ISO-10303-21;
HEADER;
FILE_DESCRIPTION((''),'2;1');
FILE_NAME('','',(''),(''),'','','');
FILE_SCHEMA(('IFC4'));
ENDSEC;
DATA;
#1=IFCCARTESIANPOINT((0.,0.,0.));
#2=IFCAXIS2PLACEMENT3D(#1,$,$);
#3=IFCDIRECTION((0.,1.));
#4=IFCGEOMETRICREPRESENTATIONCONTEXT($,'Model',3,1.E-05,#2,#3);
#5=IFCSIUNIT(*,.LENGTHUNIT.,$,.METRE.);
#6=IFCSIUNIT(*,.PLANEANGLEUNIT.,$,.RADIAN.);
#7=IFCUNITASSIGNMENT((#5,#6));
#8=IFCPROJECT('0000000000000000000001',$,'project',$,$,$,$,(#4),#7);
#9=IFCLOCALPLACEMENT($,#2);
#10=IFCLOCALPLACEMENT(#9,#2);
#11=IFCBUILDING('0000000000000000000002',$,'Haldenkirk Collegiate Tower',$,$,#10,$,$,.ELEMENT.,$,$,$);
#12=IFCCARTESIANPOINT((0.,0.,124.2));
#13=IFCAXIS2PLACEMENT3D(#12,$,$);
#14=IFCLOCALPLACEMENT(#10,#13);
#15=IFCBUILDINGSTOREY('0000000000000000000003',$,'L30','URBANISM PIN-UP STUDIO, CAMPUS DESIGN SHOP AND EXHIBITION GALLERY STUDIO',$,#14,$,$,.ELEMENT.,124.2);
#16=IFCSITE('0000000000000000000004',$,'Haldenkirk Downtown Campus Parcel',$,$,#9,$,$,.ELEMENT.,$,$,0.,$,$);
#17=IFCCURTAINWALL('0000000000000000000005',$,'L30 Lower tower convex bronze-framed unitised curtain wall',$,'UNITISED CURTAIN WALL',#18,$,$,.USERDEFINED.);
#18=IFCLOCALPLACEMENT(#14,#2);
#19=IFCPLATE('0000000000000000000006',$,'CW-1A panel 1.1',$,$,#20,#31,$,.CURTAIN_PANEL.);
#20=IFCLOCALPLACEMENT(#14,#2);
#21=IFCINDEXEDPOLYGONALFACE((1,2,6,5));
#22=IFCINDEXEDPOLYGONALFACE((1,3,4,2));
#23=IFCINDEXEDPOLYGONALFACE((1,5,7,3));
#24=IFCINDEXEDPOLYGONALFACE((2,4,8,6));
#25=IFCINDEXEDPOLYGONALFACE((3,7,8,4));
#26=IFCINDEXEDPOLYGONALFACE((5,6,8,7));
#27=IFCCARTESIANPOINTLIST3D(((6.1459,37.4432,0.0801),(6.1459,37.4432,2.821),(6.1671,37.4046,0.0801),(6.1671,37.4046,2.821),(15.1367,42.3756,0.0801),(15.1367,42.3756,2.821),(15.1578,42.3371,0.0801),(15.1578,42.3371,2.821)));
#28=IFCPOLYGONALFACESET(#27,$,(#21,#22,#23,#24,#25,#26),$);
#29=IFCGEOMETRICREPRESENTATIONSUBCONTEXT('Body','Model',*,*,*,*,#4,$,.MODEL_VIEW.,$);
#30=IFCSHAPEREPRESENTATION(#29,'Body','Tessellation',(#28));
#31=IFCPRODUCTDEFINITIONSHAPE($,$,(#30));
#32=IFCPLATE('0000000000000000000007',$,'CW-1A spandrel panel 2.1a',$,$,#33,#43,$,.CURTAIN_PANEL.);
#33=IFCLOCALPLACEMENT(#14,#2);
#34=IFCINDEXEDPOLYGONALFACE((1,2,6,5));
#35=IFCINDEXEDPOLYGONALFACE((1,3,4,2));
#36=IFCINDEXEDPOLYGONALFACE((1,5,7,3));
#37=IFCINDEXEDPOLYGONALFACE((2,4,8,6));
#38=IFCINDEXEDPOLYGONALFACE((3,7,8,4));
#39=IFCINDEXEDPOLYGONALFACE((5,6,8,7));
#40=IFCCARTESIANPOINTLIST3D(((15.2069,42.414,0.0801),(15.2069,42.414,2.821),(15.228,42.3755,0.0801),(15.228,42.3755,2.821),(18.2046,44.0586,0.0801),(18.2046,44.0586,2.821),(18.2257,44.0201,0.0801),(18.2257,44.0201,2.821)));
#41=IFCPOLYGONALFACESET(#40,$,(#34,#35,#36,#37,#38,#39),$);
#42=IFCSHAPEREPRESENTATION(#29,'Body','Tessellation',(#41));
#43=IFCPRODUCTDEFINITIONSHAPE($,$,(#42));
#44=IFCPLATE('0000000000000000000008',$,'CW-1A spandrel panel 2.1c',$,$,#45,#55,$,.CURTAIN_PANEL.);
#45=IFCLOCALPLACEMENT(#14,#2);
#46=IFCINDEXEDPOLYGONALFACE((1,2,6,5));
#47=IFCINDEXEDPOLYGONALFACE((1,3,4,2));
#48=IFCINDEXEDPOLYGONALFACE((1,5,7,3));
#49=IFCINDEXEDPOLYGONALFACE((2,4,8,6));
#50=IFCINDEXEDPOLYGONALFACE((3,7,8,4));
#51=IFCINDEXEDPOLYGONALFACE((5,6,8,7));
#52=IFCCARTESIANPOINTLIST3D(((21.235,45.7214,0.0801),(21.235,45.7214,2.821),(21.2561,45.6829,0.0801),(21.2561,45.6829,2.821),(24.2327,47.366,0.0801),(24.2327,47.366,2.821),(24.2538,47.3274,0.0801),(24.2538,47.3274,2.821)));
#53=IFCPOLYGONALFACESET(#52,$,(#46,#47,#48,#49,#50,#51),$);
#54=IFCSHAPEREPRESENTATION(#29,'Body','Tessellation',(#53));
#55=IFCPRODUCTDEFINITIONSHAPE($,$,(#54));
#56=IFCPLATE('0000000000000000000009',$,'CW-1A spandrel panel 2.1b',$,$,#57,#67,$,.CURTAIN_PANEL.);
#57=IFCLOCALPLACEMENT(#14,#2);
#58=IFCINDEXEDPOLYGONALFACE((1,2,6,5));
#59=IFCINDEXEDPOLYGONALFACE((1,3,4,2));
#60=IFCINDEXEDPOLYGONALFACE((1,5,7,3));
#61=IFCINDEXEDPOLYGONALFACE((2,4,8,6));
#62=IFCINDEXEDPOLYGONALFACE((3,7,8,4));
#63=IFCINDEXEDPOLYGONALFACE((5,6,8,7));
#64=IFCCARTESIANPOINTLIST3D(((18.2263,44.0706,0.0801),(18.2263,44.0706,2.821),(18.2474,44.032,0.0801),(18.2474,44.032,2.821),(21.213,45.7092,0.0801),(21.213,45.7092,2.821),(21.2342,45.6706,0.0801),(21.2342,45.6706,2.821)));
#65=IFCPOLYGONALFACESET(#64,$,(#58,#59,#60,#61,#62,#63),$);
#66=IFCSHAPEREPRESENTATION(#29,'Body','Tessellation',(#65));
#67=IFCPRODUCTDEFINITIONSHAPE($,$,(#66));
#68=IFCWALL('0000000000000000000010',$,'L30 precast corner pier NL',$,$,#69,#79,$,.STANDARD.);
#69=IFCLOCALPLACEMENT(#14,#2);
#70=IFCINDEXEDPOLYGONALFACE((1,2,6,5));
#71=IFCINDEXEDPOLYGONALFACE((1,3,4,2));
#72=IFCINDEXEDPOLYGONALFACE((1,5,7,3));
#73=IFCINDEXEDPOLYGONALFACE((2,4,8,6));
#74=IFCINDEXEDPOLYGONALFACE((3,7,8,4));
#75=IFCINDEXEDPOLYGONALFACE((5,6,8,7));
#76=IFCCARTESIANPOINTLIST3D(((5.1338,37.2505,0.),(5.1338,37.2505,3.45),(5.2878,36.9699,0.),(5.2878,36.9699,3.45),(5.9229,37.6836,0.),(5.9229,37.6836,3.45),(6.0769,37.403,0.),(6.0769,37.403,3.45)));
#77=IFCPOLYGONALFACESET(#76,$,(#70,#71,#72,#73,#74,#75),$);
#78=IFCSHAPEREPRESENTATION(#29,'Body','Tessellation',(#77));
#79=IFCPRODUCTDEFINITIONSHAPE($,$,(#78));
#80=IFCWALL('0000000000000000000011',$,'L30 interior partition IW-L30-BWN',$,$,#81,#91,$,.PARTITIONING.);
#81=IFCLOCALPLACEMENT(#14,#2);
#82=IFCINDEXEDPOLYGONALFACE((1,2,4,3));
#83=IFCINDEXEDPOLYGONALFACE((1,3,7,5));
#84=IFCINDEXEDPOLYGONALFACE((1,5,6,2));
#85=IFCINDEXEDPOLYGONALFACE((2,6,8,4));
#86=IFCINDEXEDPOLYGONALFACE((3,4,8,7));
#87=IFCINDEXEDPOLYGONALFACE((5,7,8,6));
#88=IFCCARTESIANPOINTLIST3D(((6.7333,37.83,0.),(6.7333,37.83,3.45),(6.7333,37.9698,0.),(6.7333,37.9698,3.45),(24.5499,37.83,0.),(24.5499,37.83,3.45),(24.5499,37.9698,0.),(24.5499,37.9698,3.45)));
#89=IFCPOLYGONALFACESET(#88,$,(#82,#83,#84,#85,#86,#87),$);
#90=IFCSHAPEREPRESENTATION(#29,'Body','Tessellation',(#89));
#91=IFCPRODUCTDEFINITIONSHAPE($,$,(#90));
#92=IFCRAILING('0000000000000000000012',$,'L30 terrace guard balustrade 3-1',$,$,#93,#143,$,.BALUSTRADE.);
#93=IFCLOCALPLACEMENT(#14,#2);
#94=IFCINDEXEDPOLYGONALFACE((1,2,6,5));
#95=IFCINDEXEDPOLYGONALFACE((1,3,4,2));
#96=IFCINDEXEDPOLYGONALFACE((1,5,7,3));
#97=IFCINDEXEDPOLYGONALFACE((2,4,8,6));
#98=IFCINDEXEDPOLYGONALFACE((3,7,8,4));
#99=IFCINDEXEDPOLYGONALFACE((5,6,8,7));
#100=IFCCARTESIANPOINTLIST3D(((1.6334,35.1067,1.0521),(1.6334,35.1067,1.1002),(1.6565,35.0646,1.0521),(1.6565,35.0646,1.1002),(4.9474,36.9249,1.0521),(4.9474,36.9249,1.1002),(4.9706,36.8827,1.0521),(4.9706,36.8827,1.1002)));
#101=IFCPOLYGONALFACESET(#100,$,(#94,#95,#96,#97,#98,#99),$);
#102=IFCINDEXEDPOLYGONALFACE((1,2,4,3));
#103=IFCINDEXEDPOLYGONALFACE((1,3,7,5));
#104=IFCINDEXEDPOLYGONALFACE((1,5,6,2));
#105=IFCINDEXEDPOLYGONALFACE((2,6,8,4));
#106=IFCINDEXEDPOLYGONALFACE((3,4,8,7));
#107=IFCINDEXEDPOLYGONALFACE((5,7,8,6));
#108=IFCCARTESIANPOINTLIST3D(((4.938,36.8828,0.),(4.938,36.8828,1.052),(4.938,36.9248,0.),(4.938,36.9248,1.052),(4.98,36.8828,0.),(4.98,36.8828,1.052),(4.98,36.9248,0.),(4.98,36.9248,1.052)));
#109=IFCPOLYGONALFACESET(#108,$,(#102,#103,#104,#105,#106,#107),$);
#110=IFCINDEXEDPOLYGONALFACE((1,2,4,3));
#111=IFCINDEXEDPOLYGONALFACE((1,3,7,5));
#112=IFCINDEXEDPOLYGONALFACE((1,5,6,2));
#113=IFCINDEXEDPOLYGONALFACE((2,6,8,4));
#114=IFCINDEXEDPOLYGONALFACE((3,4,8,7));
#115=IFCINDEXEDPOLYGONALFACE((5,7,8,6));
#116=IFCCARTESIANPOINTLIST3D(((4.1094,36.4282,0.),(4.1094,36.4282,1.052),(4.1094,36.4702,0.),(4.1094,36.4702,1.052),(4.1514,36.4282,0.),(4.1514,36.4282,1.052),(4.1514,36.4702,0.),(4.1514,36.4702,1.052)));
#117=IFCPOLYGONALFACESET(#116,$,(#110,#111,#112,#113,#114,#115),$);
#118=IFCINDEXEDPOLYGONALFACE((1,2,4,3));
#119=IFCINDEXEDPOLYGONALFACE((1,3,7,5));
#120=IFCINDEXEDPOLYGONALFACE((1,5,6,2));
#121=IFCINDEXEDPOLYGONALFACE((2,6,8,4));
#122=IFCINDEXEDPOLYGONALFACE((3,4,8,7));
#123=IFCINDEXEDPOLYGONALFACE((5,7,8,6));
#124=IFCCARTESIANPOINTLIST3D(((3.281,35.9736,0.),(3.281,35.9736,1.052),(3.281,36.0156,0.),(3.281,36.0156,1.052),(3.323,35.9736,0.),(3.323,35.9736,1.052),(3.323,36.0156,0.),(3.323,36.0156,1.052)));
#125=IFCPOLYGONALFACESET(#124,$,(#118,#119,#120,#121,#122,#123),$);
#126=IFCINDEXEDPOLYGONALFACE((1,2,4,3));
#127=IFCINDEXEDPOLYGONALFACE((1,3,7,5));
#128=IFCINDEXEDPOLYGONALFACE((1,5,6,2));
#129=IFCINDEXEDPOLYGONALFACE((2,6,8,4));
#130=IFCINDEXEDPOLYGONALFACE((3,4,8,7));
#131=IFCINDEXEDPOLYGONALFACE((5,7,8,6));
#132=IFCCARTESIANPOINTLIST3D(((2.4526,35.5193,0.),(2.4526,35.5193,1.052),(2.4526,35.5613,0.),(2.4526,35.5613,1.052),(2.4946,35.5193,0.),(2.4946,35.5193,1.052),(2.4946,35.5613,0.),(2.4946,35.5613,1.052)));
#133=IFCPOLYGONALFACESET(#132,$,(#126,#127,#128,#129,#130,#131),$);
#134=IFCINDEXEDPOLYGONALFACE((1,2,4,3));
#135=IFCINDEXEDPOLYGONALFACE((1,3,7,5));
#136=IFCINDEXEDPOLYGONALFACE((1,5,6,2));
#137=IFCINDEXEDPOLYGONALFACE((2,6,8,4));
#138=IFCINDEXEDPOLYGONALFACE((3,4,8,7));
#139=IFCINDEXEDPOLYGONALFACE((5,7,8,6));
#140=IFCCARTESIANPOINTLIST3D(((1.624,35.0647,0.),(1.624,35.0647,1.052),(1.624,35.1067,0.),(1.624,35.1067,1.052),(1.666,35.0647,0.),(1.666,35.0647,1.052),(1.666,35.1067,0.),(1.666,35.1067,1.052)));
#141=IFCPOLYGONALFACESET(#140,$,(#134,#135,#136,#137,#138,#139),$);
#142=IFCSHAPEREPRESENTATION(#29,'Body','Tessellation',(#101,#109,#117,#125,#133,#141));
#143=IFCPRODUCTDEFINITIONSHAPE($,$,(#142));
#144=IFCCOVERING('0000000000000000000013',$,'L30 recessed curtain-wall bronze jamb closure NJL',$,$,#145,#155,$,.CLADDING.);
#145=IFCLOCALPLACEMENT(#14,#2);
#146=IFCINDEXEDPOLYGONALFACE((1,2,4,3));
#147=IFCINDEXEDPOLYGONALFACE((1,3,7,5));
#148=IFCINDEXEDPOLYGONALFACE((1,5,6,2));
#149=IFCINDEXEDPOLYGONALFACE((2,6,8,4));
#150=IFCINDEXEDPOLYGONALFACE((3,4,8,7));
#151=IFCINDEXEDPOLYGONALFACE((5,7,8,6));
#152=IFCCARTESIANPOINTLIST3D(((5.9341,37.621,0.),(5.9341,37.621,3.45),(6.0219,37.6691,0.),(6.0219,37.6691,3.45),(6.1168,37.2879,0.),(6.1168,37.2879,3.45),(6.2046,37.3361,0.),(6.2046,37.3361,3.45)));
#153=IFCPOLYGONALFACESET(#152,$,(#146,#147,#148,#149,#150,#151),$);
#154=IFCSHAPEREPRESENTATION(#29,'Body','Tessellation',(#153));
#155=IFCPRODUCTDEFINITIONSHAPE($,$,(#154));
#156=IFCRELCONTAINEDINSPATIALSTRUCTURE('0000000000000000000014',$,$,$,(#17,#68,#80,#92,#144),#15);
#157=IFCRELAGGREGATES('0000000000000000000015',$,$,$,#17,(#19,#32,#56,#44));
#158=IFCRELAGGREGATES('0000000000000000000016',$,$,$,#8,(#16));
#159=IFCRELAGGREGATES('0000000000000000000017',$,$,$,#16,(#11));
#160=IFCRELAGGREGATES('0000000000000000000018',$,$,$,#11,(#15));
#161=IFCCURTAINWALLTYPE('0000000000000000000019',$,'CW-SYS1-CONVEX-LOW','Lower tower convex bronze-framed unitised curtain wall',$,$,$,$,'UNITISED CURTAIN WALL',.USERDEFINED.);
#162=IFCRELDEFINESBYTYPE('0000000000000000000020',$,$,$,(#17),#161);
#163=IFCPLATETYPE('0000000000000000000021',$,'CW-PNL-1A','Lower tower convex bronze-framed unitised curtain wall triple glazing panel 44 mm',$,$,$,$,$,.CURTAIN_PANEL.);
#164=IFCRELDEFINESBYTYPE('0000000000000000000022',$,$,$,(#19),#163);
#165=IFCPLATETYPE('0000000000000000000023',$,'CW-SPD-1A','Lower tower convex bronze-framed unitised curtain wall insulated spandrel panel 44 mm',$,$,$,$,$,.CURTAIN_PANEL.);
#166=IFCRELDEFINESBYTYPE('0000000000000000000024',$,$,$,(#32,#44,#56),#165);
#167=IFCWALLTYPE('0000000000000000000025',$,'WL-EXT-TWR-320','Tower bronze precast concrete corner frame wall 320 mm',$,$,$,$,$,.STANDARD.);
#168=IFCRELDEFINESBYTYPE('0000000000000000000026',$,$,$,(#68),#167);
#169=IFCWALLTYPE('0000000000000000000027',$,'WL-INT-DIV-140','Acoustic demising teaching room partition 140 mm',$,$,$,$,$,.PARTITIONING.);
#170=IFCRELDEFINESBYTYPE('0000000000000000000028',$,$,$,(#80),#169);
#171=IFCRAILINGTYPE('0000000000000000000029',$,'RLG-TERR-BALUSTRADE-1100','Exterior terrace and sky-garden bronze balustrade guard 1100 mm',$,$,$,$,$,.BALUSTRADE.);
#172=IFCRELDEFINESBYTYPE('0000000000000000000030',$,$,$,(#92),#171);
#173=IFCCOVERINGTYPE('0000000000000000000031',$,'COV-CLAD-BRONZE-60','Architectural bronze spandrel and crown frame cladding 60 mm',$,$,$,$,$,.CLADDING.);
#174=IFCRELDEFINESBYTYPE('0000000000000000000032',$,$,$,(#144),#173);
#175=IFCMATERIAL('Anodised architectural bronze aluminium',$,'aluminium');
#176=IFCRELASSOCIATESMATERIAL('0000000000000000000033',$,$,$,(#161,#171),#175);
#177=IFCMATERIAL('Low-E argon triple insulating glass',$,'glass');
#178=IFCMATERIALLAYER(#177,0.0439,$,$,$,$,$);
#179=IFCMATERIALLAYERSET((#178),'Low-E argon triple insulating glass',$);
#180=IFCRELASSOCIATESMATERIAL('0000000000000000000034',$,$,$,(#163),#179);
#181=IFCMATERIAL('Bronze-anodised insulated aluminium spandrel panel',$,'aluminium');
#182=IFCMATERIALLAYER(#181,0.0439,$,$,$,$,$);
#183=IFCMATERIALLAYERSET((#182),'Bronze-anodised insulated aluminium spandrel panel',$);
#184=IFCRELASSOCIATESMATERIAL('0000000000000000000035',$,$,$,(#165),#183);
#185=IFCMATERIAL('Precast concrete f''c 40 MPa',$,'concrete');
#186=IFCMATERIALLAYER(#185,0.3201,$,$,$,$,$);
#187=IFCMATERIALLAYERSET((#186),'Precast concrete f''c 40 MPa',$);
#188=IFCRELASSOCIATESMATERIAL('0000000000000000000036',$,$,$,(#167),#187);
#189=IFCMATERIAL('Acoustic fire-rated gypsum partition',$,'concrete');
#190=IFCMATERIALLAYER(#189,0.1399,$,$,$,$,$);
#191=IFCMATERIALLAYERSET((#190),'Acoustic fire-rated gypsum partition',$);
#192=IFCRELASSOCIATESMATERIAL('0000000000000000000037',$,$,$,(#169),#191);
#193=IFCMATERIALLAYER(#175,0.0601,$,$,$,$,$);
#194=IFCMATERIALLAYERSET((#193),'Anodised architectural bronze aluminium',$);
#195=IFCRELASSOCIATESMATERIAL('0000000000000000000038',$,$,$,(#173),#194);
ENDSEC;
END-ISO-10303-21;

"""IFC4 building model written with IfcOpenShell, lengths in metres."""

from ifc_helpers import new_model, si_unit, direction, frame, frame_2d, origin, origin_2d, place, context, subcontext, project, spatial, rectangle, extrude, source, transform, mapped, material, layer, layer_set, type_object, element, aggregate, save


model = new_model("IFC4")

# Units and contexts
model_context = context("Model", 3, precision=1e-05, world=origin(), true_north=direction((0.0, 1.0)))
body_context = subcontext(model_context, "Body", "Model", "MODEL_VIEW")
ifc_project = project(units=[si_unit("LENGTHUNIT", "METRE"), si_unit("PLANEANGLEUNIT", "RADIAN")], contexts=[model_context])

# Site, building, storey
site_placement = place(None, origin())
site = spatial("IfcSite", under=ifc_project, at=site_placement, Name="Haldenkirk Downtown Campus Parcel", CompositionType="ELEMENT", RefElevation=0.0)
building_placement = place(site_placement, origin())
building = spatial("IfcBuilding", under=site, at=building_placement, Name="Haldenkirk Collegiate Tower", CompositionType="ELEMENT")
storey_placement = place(building_placement, frame((0.0, 0.0, 124.2)))
storey = spatial("IfcBuildingStorey", under=building, at=storey_placement, Name="L30", Description="URBANISM PIN-UP STUDIO, CAMPUS DESIGN SHOP AND EXHIBITION GALLERY STUDIO", CompositionType="ELEMENT", Elevation=124.2)

# Curtain wall, plates
ifc_material_1 = material(Name="Anodised architectural bronze aluminium", Category="aluminium")
curtain_wall_type = type_object("IfcCurtainWallType", Name="CW-SYS1-CONVEX-LOW", Description="Lower tower convex bronze-framed unitised curtain wall", ElementType="UNITISED CURTAIN WALL", PredefinedType="USERDEFINED", material=ifc_material_1)
curtain_wall_placement = place(storey_placement, origin())
curtain_wall = element("IfcCurtainWall", 1, at=curtain_wall_placement, inside=storey, type_object=curtain_wall_type, Name="L30 Lower tower convex bronze-framed unitised curtain wall", ObjectType="UNITISED CURTAIN WALL", PredefinedType="USERDEFINED")
ifc_material_2 = material(Name="Low-E argon triple insulating glass", Category="glass")
ifc_layer_1 = layer(ifc_material_2, 0.0439)
ifc_layer_set_1 = layer_set([ifc_layer_1], Name="Low-E argon triple insulating glass")
plate_type_1 = type_object("IfcPlateType", Name="CW-PNL-1A", Description="Lower tower convex bronze-framed unitised curtain wall triple glazing panel 44 mm", PredefinedType="CURTAIN_PANEL", material=ifc_layer_set_1)
shared_shape_1 = source(origin(), body_context, "Body", "SweptSolid", [
    extrude(rectangle(XDim=10.2549, YDim=0.0439, at=origin_2d()), origin(), (0.0, 0.0, 1.0), 2.741),
])
plate_1_placement = place(storey_placement, frame((10.6519, 39.8901, 0.0801), z_axis=(0.0, 0.0, 1.0), x_axis=(0.876727, 0.480989, 0.0)))
plate_1 = element("IfcPlate", 2, at=plate_1_placement, type_object=plate_type_1, Name="CW-1A panel 1.1", PredefinedType="CURTAIN_PANEL", context=body_context, shape_type="MappedRepresentation", body=[
    mapped(shared_shape_1, transform((0.0, 0.0, 0.0), x_axis=(1.0, 0.0, 0.0), y_axis=(0.0, 1.0, 0.0), z_axis=(0.0, 0.0, 1.0), scale=1.0)),
])
ifc_material_3 = material(Name="Bronze-anodised insulated aluminium spandrel panel", Category="aluminium")
ifc_layer_2 = layer(ifc_material_3, 0.0439)
ifc_layer_set_2 = layer_set([ifc_layer_2], Name="Bronze-anodised insulated aluminium spandrel panel")
plate_type_2 = type_object("IfcPlateType", Name="CW-SPD-1A", Description="Lower tower convex bronze-framed unitised curtain wall insulated spandrel panel 44 mm", PredefinedType="CURTAIN_PANEL", material=ifc_layer_set_2)
shared_shape_2 = source(origin(), body_context, "Body", "SweptSolid", [
    extrude(rectangle(XDim=3.4192, YDim=0.0439, at=origin_2d()), origin(), (0.0, 0.0, 1.0), 2.741),
])
plate_2_placement = place(storey_placement, frame((16.7163, 43.217, 0.0801), z_axis=(0.0, 0.0, 1.0), x_axis=(0.876727, 0.480989, 0.0)))
plate_2 = element("IfcPlate", 3, at=plate_2_placement, type_object=plate_type_2, Name="CW-1A spandrel panel 2.1a", PredefinedType="CURTAIN_PANEL", context=body_context, shape_type="MappedRepresentation", body=[
    mapped(shared_shape_2, transform((0.0, 0.0, 0.0), x_axis=(1.0, 0.0, 0.0), y_axis=(0.0, 1.0, 0.0), z_axis=(0.0, 0.0, 1.0), scale=1.0)),
])
plate_3_placement = place(storey_placement, frame((22.7444, 46.5244, 0.0801), z_axis=(0.0, 0.0, 1.0), x_axis=(0.876727, 0.480989, 0.0)))
plate_3 = element("IfcPlate", 4, at=plate_3_placement, type_object=plate_type_2, Name="CW-1A spandrel panel 2.1c", PredefinedType="CURTAIN_PANEL", context=body_context, shape_type="MappedRepresentation", body=[
    mapped(shared_shape_2, transform((0.0, 0.0, 0.0), x_axis=(1.0, 0.0, 0.0), y_axis=(0.0, 1.0, 0.0), z_axis=(0.0, 0.0, 1.0), scale=1.0)),
])
shared_shape_3 = source(origin(), body_context, "Body", "SweptSolid", [
    extrude(rectangle(XDim=3.4067, YDim=0.0439, at=origin_2d()), origin(), (0.0, 0.0, 1.0), 2.741),
])
plate_4_placement = place(storey_placement, frame((19.7302, 44.8706, 0.0801), z_axis=(0.0, 0.0, 1.0), x_axis=(0.876727, 0.480989, 0.0)))
plate_4 = element("IfcPlate", 5, at=plate_4_placement, type_object=plate_type_2, Name="CW-1A spandrel panel 2.1b", PredefinedType="CURTAIN_PANEL", context=body_context, shape_type="MappedRepresentation", body=[
    mapped(shared_shape_3, transform((0.0, 0.0, 0.0), x_axis=(1.0, 0.0, 0.0), y_axis=(0.0, 1.0, 0.0), z_axis=(0.0, 0.0, 1.0), scale=1.0)),
])
aggregate(curtain_wall, [plate_1, plate_2, plate_4, plate_3])

# Walls
ifc_material_4 = material(Name="Precast concrete f'c 40 MPa", Category="concrete")
ifc_layer_3 = layer(ifc_material_4, 0.3201)
ifc_layer_set_3 = layer_set([ifc_layer_3], Name="Precast concrete f'c 40 MPa")
wall_type_1 = type_object("IfcWallType", Name="WL-EXT-TWR-320", Description="Tower bronze precast concrete corner frame wall 320 mm", PredefinedType="STANDARD", material=ifc_layer_set_3)
wall_1_placement = place(storey_placement, frame((5.2107, 37.1101, 0.0), z_axis=(0.0, 0.0, 1.0), x_axis=(0.876628, 0.481169, 0.0)))
element("IfcWall", 6, at=wall_1_placement, inside=storey, type_object=wall_type_1, Name="L30 precast corner pier NL", PredefinedType="STANDARD", context=body_context, shape_type="SweptSolid", body=[
    extrude(rectangle(XDim=0.9001, YDim=0.3201, at=frame_2d((0.4502, 0.0))), origin(), (0.0, 0.0, 1.0), 3.45),
])
ifc_material_5 = material(Name="Acoustic fire-rated gypsum partition", Category="concrete")
ifc_layer_4 = layer(ifc_material_5, 0.1399)
ifc_layer_set_4 = layer_set([ifc_layer_4], Name="Acoustic fire-rated gypsum partition")
wall_type_2 = type_object("IfcWallType", Name="WL-INT-DIV-140", Description="Acoustic demising teaching room partition 140 mm", PredefinedType="PARTITIONING", material=ifc_layer_set_4)
wall_2_placement = place(storey_placement, frame((6.7334, 37.8999, 0.0), z_axis=(0.0, 0.0, 1.0), x_axis=(1.0, 0.0, 0.0)))
element("IfcWall", 7, at=wall_2_placement, inside=storey, type_object=wall_type_2, Name="L30 interior partition IW-L30-BWN", PredefinedType="PARTITIONING", context=body_context, shape_type="SweptSolid", body=[
    extrude(rectangle(XDim=17.8167, YDim=0.1399, at=frame_2d((8.9082, 0.0))), origin(), (0.0, 0.0, 1.0), 3.45),
])

# Railing
railing_type = type_object("IfcRailingType", Name="RLG-TERR-BALUSTRADE-1100", Description="Exterior terrace and sky-garden bronze balustrade guard 1100 mm", PredefinedType="BALUSTRADE", material=ifc_material_1)
railing_placement = place(storey_placement, frame((4.959, 36.9038, 0.0)))
element("IfcRailing", 8, at=railing_placement, inside=storey, type_object=railing_type, Name="L30 terrace guard balustrade 3-1", PredefinedType="BALUSTRADE", context=body_context, shape_type="SweptSolid", body=[
    extrude(rectangle(XDim=0.0481, YDim=0.0481, at=origin_2d()), frame((0.0, 0.0, 1.0762), z_axis=(-0.876725, -0.480991, 0.0), x_axis=(0.480991, -0.876725, 0.0)), (0.0, 0.0, 1.0), 3.78),
    extrude(rectangle(XDim=0.042, YDim=0.042, at=origin_2d()), origin(), (0.0, 0.0, 1.0), 1.052),
    extrude(rectangle(XDim=0.042, YDim=0.042, at=origin_2d()), frame((-0.8286, -0.4546, 0.0)), (0.0, 0.0, 1.0), 1.052),
    extrude(rectangle(XDim=0.042, YDim=0.042, at=origin_2d()), frame((-1.657, -0.9092, 0.0)), (0.0, 0.0, 1.0), 1.052),
    extrude(rectangle(XDim=0.042, YDim=0.042, at=origin_2d()), frame((-2.4854, -1.3635, 0.0)), (0.0, 0.0, 1.0), 1.052),
    extrude(rectangle(XDim=0.042, YDim=0.042, at=origin_2d()), frame((-3.314, -1.8181, 0.0)), (0.0, 0.0, 1.0), 1.052),
])

# Covering
ifc_layer_5 = layer(ifc_material_1, 0.0601)
ifc_layer_set_5 = layer_set([ifc_layer_5], Name="Anodised architectural bronze aluminium")
covering_type = type_object("IfcCoveringType", Name="COV-CLAD-BRONZE-60", Description="Architectural bronze spandrel and crown frame cladding 60 mm", PredefinedType="CLADDING", material=ifc_layer_set_5)
shared_shape_4 = source(origin(), body_context, "Body", "SweptSolid", [
    extrude(rectangle(XDim=0.1001, YDim=0.3799, at=origin_2d()), origin(), (0.0, 0.0, 1.0), 3.45),
])
covering_placement = place(storey_placement, frame((6.0693, 37.4785, 0.0), z_axis=(0.0, 0.0, 1.0), x_axis=(0.876727, 0.480989, 0.0)))
element("IfcCovering", 9, at=covering_placement, inside=storey, type_object=covering_type, Name="L30 recessed curtain-wall bronze jamb closure NJL", PredefinedType="CLADDING", context=body_context, shape_type="MappedRepresentation", body=[
    mapped(shared_shape_4, transform((0.0, 0.0, 0.0), x_axis=(1.0, 0.0, 0.0), y_axis=(0.0, 1.0, 0.0), z_axis=(0.0, 0.0, 1.0), scale=1.0)),
])

save(model, "model.ifc")
